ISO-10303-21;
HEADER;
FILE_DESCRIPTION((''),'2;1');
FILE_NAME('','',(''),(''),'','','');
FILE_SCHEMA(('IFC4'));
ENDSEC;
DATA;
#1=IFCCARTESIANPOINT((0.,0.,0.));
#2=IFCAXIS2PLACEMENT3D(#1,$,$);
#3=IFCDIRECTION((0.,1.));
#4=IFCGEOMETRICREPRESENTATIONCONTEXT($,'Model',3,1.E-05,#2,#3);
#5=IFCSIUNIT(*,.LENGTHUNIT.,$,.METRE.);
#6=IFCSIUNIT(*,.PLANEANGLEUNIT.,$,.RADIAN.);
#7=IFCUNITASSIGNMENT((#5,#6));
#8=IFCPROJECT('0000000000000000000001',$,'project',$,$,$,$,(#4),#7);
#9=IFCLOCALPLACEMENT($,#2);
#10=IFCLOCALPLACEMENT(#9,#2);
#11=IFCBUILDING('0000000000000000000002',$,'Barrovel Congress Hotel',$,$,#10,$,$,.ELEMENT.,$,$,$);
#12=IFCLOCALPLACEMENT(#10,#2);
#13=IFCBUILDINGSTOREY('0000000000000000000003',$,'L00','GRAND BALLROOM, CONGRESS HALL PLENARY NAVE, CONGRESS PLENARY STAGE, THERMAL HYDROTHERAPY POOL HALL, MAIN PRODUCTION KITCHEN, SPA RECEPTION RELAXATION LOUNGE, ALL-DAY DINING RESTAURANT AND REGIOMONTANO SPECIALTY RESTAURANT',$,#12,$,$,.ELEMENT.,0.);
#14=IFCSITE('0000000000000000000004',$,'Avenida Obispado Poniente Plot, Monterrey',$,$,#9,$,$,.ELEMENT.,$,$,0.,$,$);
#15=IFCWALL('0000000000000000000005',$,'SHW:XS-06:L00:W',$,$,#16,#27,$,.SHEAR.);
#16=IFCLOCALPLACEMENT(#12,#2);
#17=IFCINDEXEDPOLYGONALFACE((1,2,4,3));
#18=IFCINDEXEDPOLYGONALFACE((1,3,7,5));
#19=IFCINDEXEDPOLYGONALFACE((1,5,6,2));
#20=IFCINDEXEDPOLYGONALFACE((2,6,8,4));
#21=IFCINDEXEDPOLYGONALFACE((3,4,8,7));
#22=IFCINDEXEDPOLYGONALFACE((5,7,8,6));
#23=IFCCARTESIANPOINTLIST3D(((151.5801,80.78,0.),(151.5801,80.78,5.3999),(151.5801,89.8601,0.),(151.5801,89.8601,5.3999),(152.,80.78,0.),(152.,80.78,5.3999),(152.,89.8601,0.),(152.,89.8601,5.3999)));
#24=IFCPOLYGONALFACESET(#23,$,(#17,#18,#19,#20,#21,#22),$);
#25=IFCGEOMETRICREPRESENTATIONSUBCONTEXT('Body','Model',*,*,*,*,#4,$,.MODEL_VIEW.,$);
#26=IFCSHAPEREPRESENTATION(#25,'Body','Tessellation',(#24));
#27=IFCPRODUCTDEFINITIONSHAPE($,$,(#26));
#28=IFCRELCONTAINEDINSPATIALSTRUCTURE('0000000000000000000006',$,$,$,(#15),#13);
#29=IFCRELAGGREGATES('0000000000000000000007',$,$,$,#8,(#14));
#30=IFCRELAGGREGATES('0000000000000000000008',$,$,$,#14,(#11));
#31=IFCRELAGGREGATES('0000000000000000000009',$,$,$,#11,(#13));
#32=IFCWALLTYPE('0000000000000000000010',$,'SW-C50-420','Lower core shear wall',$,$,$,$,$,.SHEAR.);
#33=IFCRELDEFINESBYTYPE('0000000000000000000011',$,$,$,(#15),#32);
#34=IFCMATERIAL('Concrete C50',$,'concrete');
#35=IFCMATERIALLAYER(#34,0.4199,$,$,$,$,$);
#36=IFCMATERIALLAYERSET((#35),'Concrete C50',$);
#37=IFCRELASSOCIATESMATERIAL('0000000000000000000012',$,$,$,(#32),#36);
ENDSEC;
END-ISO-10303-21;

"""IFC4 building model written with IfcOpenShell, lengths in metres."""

from ifc_helpers import new_model, si_unit, direction, frame, frame_2d, origin, place, context, subcontext, project, spatial, rectangle, extrude, material, layer, layer_set, type_object, element, save


model = new_model("IFC4")

# Units and contexts
model_context = context("Model", 3, precision=1e-05, world=origin(), true_north=direction((0.0, 1.0)))
body_context = subcontext(model_context, "Body", "Model", "MODEL_VIEW")
ifc_project = project(units=[si_unit("LENGTHUNIT", "METRE"), si_unit("PLANEANGLEUNIT", "RADIAN")], contexts=[model_context])

# Site, building, storey
site_placement = place(None, origin())
site = spatial("IfcSite", under=ifc_project, at=site_placement, Name="Avenida Obispado Poniente Plot, Monterrey", CompositionType="ELEMENT", RefElevation=0.0)
building_placement = place(site_placement, origin())
building = spatial("IfcBuilding", under=site, at=building_placement, Name="Barrovel Congress Hotel", CompositionType="ELEMENT")
storey_placement = place(building_placement, origin())
storey = spatial("IfcBuildingStorey", under=building, at=storey_placement, Name="L00", Description="GRAND BALLROOM, CONGRESS HALL PLENARY NAVE, CONGRESS PLENARY STAGE, THERMAL HYDROTHERAPY POOL HALL, MAIN PRODUCTION KITCHEN, SPA RECEPTION RELAXATION LOUNGE, ALL-DAY DINING RESTAURANT AND REGIOMONTANO SPECIALTY RESTAURANT", CompositionType="ELEMENT", Elevation=0.0)

# Wall
ifc_material_1 = material(Name="Concrete C50", Category="concrete")
ifc_layer_1 = layer(ifc_material_1, 0.4199)
ifc_layer_set_1 = layer_set([ifc_layer_1], Name="Concrete C50")
wall_type_1 = type_object("IfcWallType", Name="SW-C50-420", Description="Lower core shear wall", PredefinedType="SHEAR", material=ifc_layer_set_1)
wall_1_placement = place(storey_placement, frame((151.79, 89.8601, 0.0), z_axis=(0.0, 0.0, 1.0), x_axis=(0.0, -1.0, 0.0)))
element("IfcWall", 1, at=wall_1_placement, inside=storey, type_object=wall_type_1, Name="SHW:XS-06:L00:W", PredefinedType="SHEAR", context=body_context, shape_type="SweptSolid", body=[
    extrude(rectangle(XDim=9.0801, YDim=0.4199, at=frame_2d((4.54, 0.0))), origin(), (0.0, 0.0, 1.0), 5.3999),
])

save(model, "model.ifc")
